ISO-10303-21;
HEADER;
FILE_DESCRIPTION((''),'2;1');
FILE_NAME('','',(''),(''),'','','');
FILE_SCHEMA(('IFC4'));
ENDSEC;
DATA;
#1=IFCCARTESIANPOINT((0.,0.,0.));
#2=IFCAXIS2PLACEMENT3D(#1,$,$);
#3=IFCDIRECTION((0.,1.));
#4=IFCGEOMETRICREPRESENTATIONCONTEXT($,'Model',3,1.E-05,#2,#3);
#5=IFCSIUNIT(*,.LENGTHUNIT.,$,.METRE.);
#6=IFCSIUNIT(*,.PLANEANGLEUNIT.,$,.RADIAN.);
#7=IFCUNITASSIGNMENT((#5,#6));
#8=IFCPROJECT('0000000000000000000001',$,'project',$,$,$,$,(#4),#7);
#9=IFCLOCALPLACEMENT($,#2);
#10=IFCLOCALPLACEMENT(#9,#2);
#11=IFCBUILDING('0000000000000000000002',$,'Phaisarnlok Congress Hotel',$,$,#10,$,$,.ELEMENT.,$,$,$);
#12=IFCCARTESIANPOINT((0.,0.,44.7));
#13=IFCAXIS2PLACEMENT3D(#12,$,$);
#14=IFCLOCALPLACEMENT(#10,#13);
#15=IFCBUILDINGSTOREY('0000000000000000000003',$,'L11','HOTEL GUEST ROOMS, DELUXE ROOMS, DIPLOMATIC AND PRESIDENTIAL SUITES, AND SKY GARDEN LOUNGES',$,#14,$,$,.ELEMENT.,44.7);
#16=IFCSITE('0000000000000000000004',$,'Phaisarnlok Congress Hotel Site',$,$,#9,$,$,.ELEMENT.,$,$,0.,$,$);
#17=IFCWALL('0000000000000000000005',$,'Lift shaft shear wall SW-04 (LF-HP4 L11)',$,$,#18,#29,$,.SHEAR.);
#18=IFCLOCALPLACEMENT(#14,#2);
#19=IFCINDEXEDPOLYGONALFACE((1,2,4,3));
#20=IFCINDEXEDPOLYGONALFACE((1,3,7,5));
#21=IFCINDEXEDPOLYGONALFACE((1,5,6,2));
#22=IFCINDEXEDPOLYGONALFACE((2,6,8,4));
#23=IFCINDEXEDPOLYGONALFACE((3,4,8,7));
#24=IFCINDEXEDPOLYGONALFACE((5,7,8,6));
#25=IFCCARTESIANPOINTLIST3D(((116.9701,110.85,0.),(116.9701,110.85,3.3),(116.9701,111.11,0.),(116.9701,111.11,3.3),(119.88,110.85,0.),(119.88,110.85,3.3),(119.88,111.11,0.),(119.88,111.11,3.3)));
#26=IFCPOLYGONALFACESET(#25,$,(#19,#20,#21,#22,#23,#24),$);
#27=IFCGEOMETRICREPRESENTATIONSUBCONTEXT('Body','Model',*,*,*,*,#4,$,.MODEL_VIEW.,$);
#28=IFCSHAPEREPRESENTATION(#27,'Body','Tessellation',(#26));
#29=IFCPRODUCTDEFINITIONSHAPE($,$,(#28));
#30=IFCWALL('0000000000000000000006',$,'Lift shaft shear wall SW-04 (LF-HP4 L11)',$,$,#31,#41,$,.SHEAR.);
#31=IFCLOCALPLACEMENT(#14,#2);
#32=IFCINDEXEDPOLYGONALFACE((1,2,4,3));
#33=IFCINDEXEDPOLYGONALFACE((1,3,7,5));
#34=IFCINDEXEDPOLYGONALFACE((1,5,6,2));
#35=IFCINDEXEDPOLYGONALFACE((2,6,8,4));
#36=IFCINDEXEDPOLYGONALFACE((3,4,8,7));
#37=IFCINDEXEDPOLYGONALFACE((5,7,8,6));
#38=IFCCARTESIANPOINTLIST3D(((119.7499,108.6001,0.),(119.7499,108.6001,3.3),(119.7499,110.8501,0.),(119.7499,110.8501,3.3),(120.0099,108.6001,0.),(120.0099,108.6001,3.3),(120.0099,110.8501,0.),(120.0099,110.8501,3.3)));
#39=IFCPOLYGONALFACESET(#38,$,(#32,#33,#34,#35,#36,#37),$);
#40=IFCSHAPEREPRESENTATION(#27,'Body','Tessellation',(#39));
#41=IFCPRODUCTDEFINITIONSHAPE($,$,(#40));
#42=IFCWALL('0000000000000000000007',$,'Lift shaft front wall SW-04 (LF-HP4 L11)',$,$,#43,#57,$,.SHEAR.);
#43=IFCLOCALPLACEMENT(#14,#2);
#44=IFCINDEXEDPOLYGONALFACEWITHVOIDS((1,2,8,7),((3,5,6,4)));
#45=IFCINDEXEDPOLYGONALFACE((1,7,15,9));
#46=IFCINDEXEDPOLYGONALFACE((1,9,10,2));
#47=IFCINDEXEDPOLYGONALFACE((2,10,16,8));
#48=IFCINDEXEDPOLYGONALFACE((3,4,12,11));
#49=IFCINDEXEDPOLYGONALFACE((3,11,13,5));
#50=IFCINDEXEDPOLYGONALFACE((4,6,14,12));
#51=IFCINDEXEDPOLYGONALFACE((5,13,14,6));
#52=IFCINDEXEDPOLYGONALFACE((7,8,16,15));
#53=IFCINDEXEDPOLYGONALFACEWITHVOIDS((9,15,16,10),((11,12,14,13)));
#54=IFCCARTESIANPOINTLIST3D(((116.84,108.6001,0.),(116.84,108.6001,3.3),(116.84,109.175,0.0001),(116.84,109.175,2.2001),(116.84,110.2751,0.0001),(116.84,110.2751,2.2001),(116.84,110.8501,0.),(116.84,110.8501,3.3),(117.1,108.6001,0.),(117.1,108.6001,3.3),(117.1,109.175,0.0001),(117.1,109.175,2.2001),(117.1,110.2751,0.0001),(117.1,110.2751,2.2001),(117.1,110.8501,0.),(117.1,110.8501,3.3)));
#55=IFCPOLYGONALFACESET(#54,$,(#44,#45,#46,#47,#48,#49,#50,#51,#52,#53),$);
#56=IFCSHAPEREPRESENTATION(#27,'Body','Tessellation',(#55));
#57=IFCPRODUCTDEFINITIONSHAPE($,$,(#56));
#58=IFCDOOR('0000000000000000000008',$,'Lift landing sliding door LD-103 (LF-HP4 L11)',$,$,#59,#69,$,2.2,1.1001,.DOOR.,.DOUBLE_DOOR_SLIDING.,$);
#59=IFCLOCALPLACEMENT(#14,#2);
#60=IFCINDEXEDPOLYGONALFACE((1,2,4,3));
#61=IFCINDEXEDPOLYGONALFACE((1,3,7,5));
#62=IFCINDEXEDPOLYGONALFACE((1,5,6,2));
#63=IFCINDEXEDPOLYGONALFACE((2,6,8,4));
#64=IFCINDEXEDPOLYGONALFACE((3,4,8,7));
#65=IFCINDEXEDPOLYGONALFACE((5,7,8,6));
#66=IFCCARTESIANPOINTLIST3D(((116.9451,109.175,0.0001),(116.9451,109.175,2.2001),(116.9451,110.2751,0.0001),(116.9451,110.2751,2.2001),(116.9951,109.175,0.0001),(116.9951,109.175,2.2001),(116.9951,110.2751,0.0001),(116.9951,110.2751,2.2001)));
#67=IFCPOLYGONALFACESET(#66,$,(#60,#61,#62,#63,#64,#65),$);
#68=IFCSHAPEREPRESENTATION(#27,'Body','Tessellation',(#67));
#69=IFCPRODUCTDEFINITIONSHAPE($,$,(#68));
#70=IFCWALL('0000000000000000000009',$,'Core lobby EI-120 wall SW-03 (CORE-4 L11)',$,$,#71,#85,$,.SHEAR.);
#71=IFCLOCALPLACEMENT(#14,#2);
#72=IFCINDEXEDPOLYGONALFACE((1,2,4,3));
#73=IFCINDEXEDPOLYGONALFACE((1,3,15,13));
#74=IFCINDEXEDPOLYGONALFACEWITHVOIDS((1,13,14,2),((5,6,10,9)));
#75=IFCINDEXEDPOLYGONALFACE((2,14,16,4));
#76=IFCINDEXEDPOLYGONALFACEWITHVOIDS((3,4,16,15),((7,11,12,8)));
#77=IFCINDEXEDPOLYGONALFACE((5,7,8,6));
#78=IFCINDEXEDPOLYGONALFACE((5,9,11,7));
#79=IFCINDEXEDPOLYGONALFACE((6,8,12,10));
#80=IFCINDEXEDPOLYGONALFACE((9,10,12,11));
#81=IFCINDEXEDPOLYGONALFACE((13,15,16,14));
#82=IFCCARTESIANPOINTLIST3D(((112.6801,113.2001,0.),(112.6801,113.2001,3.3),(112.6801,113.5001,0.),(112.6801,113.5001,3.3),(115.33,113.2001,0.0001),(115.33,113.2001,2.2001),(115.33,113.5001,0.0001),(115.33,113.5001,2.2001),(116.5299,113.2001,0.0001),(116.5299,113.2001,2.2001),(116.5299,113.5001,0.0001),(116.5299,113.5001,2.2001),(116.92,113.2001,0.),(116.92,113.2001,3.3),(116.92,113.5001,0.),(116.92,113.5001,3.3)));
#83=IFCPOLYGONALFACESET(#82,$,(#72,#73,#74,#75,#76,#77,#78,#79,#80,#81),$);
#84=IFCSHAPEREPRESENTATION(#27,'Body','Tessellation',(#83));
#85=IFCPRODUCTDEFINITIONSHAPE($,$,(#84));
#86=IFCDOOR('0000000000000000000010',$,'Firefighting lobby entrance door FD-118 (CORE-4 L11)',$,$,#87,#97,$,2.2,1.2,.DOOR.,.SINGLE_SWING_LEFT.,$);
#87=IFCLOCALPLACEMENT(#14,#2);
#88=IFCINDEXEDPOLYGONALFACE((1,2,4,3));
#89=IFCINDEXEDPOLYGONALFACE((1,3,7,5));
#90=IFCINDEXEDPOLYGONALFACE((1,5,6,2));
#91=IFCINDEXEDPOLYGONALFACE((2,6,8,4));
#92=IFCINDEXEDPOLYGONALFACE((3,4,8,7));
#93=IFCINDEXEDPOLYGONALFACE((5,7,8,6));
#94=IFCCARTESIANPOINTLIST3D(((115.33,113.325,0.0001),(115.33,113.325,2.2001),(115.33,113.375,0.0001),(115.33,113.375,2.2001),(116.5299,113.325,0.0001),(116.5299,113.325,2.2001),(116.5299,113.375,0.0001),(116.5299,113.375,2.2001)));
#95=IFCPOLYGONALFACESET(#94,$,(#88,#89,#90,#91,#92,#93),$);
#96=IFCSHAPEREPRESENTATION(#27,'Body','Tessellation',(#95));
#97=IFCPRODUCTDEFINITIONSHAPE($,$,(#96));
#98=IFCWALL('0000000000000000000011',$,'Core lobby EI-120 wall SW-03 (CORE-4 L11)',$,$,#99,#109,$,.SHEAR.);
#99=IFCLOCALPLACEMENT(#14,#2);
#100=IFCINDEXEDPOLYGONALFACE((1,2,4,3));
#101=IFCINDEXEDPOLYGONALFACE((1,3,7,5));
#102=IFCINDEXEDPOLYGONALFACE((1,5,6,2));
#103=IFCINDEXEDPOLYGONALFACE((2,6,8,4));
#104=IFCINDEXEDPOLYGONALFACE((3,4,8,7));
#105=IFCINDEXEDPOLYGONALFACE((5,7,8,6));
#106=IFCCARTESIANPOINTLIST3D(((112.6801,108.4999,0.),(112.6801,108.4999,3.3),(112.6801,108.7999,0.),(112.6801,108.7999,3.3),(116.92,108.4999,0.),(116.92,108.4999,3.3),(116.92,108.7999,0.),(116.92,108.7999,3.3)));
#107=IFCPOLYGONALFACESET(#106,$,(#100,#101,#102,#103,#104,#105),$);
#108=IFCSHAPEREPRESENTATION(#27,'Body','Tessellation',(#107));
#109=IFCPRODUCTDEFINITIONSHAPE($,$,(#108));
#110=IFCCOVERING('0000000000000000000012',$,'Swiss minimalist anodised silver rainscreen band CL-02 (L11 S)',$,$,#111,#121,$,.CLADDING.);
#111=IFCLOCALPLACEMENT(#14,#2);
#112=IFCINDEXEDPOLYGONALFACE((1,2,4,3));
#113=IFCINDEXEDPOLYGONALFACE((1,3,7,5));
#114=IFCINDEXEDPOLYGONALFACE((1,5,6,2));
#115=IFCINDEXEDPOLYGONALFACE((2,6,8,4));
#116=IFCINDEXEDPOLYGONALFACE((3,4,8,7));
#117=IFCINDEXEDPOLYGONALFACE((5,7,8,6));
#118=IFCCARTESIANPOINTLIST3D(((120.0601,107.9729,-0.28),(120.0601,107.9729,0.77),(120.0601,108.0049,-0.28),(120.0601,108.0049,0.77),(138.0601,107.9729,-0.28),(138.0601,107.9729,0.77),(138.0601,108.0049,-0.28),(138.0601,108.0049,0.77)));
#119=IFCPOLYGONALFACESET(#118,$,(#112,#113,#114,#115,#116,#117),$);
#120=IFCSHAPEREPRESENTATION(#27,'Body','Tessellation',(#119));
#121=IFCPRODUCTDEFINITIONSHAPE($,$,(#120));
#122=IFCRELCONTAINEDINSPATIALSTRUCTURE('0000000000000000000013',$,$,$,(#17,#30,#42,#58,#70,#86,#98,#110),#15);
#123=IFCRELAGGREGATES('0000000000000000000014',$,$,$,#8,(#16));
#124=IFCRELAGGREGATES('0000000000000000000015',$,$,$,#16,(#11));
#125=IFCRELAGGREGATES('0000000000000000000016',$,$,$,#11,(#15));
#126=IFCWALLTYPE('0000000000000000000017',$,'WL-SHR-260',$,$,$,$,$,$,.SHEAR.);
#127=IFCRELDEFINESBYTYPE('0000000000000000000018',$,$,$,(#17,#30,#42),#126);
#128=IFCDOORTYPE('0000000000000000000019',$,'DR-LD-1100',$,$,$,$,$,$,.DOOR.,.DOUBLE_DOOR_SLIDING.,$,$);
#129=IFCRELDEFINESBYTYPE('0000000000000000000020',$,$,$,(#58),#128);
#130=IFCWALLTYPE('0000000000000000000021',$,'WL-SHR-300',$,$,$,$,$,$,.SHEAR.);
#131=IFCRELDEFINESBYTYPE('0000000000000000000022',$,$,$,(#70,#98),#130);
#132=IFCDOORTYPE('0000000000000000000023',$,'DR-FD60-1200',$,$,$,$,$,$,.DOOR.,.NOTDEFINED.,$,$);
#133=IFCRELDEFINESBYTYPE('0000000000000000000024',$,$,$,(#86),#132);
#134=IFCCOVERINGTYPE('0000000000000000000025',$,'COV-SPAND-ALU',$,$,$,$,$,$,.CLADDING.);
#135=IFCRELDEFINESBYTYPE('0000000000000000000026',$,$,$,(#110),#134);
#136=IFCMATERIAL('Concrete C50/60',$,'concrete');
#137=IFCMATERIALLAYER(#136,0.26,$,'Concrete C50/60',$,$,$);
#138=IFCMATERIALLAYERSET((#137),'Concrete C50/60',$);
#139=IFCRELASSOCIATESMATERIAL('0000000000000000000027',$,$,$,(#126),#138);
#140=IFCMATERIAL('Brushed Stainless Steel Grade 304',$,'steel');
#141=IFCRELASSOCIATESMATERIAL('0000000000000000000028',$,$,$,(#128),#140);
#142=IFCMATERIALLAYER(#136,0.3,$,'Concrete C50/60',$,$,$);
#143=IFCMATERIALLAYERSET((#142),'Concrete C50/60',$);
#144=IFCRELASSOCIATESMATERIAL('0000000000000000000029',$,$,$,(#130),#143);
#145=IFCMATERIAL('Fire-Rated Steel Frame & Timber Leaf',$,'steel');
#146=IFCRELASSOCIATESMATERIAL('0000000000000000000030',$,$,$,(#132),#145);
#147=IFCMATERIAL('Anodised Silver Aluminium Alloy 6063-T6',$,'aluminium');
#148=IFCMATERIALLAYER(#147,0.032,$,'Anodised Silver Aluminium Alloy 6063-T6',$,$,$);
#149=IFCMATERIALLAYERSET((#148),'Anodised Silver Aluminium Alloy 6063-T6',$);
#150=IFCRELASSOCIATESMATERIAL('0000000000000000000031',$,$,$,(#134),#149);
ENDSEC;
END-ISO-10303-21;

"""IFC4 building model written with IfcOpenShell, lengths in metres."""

from ifc_helpers import new_model, si_unit, direction, frame, frame_2d, origin, place, context, subcontext, project, spatial, polyline, rectangle, outline, extrude, material, layer, layer_set, type_object, element, fill, save


model = new_model("IFC4")

# Units and contexts
model_context = context("Model", 3, precision=1e-05, world=origin(), true_north=direction((0.0, 1.0)))
body_context = subcontext(model_context, "Body", "Model", "MODEL_VIEW")
ifc_project = project(units=[si_unit("LENGTHUNIT", "METRE"), si_unit("PLANEANGLEUNIT", "RADIAN")], contexts=[model_context])

# Site, building, storey
site_placement = place(None, origin())
site = spatial("IfcSite", under=ifc_project, at=site_placement, Name="Phaisarnlok Congress Hotel Site", CompositionType="ELEMENT", RefElevation=0.0)
building_placement = place(site_placement, origin())
building = spatial("IfcBuilding", under=site, at=building_placement, Name="Phaisarnlok Congress Hotel", CompositionType="ELEMENT")
storey_placement = place(building_placement, frame((0.0, 0.0, 44.7)))
storey = spatial("IfcBuildingStorey", under=building, at=storey_placement, Name="L11", Description="HOTEL GUEST ROOMS, DELUXE ROOMS, DIPLOMATIC AND PRESIDENTIAL SUITES, AND SKY GARDEN LOUNGES", CompositionType="ELEMENT", Elevation=44.7)

# Shared definitions
ifc_material_1 = material(Name="Concrete C50/60", Category="concrete")

# Walls
ifc_layer_1 = layer(ifc_material_1, 0.26, Name="Concrete C50/60")
ifc_layer_set_1 = layer_set([ifc_layer_1], Name="Concrete C50/60")
wall_type_1 = type_object("IfcWallType", Name="WL-SHR-260", PredefinedType="SHEAR", material=ifc_layer_set_1)
for number, where, z_axis, x_axis, name in (
    (1, (116.97, 110.98, 0.0), (0.0, 0.0, 1.0), (1.0, 0.0, 0.0), "Lift shaft shear wall SW-04 (LF-HP4 L11)"),
):
    element("IfcWall", number, at=place(storey_placement, frame(where, z_axis=z_axis, x_axis=x_axis)), inside=storey, type_object=wall_type_1, Name=name, PredefinedType="SHEAR", context=body_context, shape_type="SweptSolid", body=[
        extrude(rectangle(XDim=2.9099, YDim=0.26, at=frame_2d((1.4551, 0.0))), origin(), (0.0, 0.0, 1.0), 3.3),
    ])
wall_1_placement = place(storey_placement, frame((119.8799, 108.6001, 0.0), z_axis=(0.0, 0.0, 1.0), x_axis=(0.0, 1.0, 0.0)))
element("IfcWall", 2, at=wall_1_placement, inside=storey, type_object=wall_type_1, Name="Lift shaft shear wall SW-04 (LF-HP4 L11)", PredefinedType="SHEAR", context=body_context, shape_type="SweptSolid", body=[
    extrude(rectangle(XDim=2.25, YDim=0.26, at=frame_2d((1.125, 0.0))), origin(), (0.0, 0.0, 1.0), 3.3),
])

# Walls, openings, doors
wall_2_placement = place(storey_placement, frame((116.97, 108.6001, 0.0), z_axis=(0.0, 0.0, 1.0), x_axis=(0.0, 1.0, 0.0)))
wall_2 = element("IfcWall", 3, at=wall_2_placement, inside=storey, type_object=wall_type_1, Name="Lift shaft front wall SW-04 (LF-HP4 L11)", PredefinedType="SHEAR", context=body_context, shape_type="SweptSolid", body=[
    extrude(rectangle(XDim=2.25, YDim=0.26, at=frame_2d((1.125, 0.0))), origin(), (0.0, 0.0, 1.0), 3.3),
])
opening_1_placement = place(wall_2_placement, frame((0.575, 0.0, 0.0)))
opening_1 = element("IfcOpeningElement", 4, at=opening_1_placement, cuts=wall_2, PredefinedType="OPENING", context=body_context, shape_type="SweptSolid", body=[
    extrude(rectangle(XDim=1.1001, YDim=2.2, at=frame_2d((0.55, 1.1001))), frame((0.0, 0.1401, 0.0), z_axis=(0.0, -1.0, 0.0), x_axis=(1.0, 0.0, 0.0)), (0.0, 0.0, 1.0), 0.28),
])
ifc_material_2 = material(Name="Brushed Stainless Steel Grade 304", Category="steel")
door_type_1 = type_object("IfcDoorType", Name="DR-LD-1100", OperationType="DOUBLE_DOOR_SLIDING", PredefinedType="DOOR", material=ifc_material_2)
door_1_placement = place(opening_1_placement, origin())
door_1 = element("IfcDoor", 5, at=door_1_placement, inside=storey, type_object=door_type_1, Name="Lift landing sliding door LD-103 (LF-HP4 L11)", OperationType="DOUBLE_DOOR_SLIDING", OverallHeight=2.2, OverallWidth=1.1001, PredefinedType="DOOR", context=body_context, shape_type="SweptSolid", body=[
    extrude(rectangle(XDim=1.1001, YDim=2.2, at=frame_2d((0.55, 1.1001))), frame((0.0, 0.0249, 0.0), z_axis=(0.0, -1.0, 0.0), x_axis=(1.0, 0.0, 0.0)), (0.0, 0.0, 1.0), 0.05),
])
fill(opening_1, door_1)
ifc_layer_2 = layer(ifc_material_1, 0.3, Name="Concrete C50/60")
ifc_layer_set_2 = layer_set([ifc_layer_2], Name="Concrete C50/60")
wall_type_2 = type_object("IfcWallType", Name="WL-SHR-300", PredefinedType="SHEAR", material=ifc_layer_set_2)
wall_3_placement = place(storey_placement, frame((112.6799, 113.3501, 0.0), z_axis=(0.0, 0.0, 1.0), x_axis=(1.0, 0.0, 0.0)))
wall_3 = element("IfcWall", 6, at=wall_3_placement, inside=storey, type_object=wall_type_2, Name="Core lobby EI-120 wall SW-03 (CORE-4 L11)", PredefinedType="SHEAR", context=body_context, shape_type="SweptSolid", body=[
    extrude(rectangle(XDim=4.24, YDim=0.3, at=frame_2d((2.1201, 0.0))), origin(), (0.0, 0.0, 1.0), 3.3),
])
opening_2_placement = place(wall_3_placement, frame((2.6499, 0.0, 0.0)))
opening_2 = element("IfcOpeningElement", 7, at=opening_2_placement, cuts=wall_3, PredefinedType="OPENING", context=body_context, shape_type="SweptSolid", body=[
    extrude(rectangle(XDim=1.2, YDim=2.2, at=frame_2d((0.6001, 1.1001))), frame((0.0, 0.1602, 0.0), z_axis=(0.0, -1.0, 0.0), x_axis=(1.0, 0.0, 0.0)), (0.0, 0.0, 1.0), 0.3201),
])
ifc_material_3 = material(Name="Fire-Rated Steel Frame & Timber Leaf", Category="steel")
door_type_2 = type_object("IfcDoorType", Name="DR-FD60-1200", OperationType="NOTDEFINED", PredefinedType="DOOR", material=ifc_material_3)
door_2_placement = place(opening_2_placement, origin())
door_2 = element("IfcDoor", 8, at=door_2_placement, inside=storey, type_object=door_type_2, Name="Firefighting lobby entrance door FD-118 (CORE-4 L11)", OperationType="SINGLE_SWING_LEFT", OverallHeight=2.2, OverallWidth=1.2, PredefinedType="DOOR", context=body_context, shape_type="SweptSolid", body=[
    extrude(rectangle(XDim=1.2, YDim=2.2, at=frame_2d((0.6001, 1.1001))), frame((0.0, 0.0249, 0.0), z_axis=(0.0, -1.0, 0.0), x_axis=(1.0, 0.0, 0.0)), (0.0, 0.0, 1.0), 0.05),
])
fill(opening_2, door_2)

# Wall
wall_4_placement = place(storey_placement, frame((112.6799, 108.6499, 0.0), z_axis=(0.0, 0.0, 1.0), x_axis=(1.0, 0.0, 0.0)))
element("IfcWall", 9, at=wall_4_placement, inside=storey, type_object=wall_type_2, Name="Core lobby EI-120 wall SW-03 (CORE-4 L11)", PredefinedType="SHEAR", context=body_context, shape_type="SweptSolid", body=[
    extrude(rectangle(XDim=4.24, YDim=0.3, at=frame_2d((2.1201, 0.0))), origin(), (0.0, 0.0, 1.0), 3.3),
])

# Covering
ifc_material_4 = material(Name="Anodised Silver Aluminium Alloy 6063-T6", Category="aluminium")
ifc_layer_3 = layer(ifc_material_4, 0.032, Name="Anodised Silver Aluminium Alloy 6063-T6")
ifc_layer_set_3 = layer_set([ifc_layer_3], Name="Anodised Silver Aluminium Alloy 6063-T6")
covering_type = type_object("IfcCoveringType", Name="COV-SPAND-ALU", PredefinedType="CLADDING", material=ifc_layer_set_3)
covering_placement = place(storey_placement, frame((120.0601, 108.0049, -0.28), z_axis=(0.0, -1.0, 0.0), x_axis=(1.0, 0.0, 0.0)))
element("IfcCovering", 10, at=covering_placement, inside=storey, type_object=covering_type, Name="Swiss minimalist anodised silver rainscreen band CL-02 (L11 S)", PredefinedType="CLADDING", context=body_context, shape_type="SweptSolid", body=[
    extrude(outline(polyline([(0.0, 0.0), (18.0, 0.0), (18.0, 1.05), (0.0, 1.05), (0.0, 0.0)])), origin(), (0.0, 0.0, 1.0), 0.032),
])

save(model, "model.ifc")
